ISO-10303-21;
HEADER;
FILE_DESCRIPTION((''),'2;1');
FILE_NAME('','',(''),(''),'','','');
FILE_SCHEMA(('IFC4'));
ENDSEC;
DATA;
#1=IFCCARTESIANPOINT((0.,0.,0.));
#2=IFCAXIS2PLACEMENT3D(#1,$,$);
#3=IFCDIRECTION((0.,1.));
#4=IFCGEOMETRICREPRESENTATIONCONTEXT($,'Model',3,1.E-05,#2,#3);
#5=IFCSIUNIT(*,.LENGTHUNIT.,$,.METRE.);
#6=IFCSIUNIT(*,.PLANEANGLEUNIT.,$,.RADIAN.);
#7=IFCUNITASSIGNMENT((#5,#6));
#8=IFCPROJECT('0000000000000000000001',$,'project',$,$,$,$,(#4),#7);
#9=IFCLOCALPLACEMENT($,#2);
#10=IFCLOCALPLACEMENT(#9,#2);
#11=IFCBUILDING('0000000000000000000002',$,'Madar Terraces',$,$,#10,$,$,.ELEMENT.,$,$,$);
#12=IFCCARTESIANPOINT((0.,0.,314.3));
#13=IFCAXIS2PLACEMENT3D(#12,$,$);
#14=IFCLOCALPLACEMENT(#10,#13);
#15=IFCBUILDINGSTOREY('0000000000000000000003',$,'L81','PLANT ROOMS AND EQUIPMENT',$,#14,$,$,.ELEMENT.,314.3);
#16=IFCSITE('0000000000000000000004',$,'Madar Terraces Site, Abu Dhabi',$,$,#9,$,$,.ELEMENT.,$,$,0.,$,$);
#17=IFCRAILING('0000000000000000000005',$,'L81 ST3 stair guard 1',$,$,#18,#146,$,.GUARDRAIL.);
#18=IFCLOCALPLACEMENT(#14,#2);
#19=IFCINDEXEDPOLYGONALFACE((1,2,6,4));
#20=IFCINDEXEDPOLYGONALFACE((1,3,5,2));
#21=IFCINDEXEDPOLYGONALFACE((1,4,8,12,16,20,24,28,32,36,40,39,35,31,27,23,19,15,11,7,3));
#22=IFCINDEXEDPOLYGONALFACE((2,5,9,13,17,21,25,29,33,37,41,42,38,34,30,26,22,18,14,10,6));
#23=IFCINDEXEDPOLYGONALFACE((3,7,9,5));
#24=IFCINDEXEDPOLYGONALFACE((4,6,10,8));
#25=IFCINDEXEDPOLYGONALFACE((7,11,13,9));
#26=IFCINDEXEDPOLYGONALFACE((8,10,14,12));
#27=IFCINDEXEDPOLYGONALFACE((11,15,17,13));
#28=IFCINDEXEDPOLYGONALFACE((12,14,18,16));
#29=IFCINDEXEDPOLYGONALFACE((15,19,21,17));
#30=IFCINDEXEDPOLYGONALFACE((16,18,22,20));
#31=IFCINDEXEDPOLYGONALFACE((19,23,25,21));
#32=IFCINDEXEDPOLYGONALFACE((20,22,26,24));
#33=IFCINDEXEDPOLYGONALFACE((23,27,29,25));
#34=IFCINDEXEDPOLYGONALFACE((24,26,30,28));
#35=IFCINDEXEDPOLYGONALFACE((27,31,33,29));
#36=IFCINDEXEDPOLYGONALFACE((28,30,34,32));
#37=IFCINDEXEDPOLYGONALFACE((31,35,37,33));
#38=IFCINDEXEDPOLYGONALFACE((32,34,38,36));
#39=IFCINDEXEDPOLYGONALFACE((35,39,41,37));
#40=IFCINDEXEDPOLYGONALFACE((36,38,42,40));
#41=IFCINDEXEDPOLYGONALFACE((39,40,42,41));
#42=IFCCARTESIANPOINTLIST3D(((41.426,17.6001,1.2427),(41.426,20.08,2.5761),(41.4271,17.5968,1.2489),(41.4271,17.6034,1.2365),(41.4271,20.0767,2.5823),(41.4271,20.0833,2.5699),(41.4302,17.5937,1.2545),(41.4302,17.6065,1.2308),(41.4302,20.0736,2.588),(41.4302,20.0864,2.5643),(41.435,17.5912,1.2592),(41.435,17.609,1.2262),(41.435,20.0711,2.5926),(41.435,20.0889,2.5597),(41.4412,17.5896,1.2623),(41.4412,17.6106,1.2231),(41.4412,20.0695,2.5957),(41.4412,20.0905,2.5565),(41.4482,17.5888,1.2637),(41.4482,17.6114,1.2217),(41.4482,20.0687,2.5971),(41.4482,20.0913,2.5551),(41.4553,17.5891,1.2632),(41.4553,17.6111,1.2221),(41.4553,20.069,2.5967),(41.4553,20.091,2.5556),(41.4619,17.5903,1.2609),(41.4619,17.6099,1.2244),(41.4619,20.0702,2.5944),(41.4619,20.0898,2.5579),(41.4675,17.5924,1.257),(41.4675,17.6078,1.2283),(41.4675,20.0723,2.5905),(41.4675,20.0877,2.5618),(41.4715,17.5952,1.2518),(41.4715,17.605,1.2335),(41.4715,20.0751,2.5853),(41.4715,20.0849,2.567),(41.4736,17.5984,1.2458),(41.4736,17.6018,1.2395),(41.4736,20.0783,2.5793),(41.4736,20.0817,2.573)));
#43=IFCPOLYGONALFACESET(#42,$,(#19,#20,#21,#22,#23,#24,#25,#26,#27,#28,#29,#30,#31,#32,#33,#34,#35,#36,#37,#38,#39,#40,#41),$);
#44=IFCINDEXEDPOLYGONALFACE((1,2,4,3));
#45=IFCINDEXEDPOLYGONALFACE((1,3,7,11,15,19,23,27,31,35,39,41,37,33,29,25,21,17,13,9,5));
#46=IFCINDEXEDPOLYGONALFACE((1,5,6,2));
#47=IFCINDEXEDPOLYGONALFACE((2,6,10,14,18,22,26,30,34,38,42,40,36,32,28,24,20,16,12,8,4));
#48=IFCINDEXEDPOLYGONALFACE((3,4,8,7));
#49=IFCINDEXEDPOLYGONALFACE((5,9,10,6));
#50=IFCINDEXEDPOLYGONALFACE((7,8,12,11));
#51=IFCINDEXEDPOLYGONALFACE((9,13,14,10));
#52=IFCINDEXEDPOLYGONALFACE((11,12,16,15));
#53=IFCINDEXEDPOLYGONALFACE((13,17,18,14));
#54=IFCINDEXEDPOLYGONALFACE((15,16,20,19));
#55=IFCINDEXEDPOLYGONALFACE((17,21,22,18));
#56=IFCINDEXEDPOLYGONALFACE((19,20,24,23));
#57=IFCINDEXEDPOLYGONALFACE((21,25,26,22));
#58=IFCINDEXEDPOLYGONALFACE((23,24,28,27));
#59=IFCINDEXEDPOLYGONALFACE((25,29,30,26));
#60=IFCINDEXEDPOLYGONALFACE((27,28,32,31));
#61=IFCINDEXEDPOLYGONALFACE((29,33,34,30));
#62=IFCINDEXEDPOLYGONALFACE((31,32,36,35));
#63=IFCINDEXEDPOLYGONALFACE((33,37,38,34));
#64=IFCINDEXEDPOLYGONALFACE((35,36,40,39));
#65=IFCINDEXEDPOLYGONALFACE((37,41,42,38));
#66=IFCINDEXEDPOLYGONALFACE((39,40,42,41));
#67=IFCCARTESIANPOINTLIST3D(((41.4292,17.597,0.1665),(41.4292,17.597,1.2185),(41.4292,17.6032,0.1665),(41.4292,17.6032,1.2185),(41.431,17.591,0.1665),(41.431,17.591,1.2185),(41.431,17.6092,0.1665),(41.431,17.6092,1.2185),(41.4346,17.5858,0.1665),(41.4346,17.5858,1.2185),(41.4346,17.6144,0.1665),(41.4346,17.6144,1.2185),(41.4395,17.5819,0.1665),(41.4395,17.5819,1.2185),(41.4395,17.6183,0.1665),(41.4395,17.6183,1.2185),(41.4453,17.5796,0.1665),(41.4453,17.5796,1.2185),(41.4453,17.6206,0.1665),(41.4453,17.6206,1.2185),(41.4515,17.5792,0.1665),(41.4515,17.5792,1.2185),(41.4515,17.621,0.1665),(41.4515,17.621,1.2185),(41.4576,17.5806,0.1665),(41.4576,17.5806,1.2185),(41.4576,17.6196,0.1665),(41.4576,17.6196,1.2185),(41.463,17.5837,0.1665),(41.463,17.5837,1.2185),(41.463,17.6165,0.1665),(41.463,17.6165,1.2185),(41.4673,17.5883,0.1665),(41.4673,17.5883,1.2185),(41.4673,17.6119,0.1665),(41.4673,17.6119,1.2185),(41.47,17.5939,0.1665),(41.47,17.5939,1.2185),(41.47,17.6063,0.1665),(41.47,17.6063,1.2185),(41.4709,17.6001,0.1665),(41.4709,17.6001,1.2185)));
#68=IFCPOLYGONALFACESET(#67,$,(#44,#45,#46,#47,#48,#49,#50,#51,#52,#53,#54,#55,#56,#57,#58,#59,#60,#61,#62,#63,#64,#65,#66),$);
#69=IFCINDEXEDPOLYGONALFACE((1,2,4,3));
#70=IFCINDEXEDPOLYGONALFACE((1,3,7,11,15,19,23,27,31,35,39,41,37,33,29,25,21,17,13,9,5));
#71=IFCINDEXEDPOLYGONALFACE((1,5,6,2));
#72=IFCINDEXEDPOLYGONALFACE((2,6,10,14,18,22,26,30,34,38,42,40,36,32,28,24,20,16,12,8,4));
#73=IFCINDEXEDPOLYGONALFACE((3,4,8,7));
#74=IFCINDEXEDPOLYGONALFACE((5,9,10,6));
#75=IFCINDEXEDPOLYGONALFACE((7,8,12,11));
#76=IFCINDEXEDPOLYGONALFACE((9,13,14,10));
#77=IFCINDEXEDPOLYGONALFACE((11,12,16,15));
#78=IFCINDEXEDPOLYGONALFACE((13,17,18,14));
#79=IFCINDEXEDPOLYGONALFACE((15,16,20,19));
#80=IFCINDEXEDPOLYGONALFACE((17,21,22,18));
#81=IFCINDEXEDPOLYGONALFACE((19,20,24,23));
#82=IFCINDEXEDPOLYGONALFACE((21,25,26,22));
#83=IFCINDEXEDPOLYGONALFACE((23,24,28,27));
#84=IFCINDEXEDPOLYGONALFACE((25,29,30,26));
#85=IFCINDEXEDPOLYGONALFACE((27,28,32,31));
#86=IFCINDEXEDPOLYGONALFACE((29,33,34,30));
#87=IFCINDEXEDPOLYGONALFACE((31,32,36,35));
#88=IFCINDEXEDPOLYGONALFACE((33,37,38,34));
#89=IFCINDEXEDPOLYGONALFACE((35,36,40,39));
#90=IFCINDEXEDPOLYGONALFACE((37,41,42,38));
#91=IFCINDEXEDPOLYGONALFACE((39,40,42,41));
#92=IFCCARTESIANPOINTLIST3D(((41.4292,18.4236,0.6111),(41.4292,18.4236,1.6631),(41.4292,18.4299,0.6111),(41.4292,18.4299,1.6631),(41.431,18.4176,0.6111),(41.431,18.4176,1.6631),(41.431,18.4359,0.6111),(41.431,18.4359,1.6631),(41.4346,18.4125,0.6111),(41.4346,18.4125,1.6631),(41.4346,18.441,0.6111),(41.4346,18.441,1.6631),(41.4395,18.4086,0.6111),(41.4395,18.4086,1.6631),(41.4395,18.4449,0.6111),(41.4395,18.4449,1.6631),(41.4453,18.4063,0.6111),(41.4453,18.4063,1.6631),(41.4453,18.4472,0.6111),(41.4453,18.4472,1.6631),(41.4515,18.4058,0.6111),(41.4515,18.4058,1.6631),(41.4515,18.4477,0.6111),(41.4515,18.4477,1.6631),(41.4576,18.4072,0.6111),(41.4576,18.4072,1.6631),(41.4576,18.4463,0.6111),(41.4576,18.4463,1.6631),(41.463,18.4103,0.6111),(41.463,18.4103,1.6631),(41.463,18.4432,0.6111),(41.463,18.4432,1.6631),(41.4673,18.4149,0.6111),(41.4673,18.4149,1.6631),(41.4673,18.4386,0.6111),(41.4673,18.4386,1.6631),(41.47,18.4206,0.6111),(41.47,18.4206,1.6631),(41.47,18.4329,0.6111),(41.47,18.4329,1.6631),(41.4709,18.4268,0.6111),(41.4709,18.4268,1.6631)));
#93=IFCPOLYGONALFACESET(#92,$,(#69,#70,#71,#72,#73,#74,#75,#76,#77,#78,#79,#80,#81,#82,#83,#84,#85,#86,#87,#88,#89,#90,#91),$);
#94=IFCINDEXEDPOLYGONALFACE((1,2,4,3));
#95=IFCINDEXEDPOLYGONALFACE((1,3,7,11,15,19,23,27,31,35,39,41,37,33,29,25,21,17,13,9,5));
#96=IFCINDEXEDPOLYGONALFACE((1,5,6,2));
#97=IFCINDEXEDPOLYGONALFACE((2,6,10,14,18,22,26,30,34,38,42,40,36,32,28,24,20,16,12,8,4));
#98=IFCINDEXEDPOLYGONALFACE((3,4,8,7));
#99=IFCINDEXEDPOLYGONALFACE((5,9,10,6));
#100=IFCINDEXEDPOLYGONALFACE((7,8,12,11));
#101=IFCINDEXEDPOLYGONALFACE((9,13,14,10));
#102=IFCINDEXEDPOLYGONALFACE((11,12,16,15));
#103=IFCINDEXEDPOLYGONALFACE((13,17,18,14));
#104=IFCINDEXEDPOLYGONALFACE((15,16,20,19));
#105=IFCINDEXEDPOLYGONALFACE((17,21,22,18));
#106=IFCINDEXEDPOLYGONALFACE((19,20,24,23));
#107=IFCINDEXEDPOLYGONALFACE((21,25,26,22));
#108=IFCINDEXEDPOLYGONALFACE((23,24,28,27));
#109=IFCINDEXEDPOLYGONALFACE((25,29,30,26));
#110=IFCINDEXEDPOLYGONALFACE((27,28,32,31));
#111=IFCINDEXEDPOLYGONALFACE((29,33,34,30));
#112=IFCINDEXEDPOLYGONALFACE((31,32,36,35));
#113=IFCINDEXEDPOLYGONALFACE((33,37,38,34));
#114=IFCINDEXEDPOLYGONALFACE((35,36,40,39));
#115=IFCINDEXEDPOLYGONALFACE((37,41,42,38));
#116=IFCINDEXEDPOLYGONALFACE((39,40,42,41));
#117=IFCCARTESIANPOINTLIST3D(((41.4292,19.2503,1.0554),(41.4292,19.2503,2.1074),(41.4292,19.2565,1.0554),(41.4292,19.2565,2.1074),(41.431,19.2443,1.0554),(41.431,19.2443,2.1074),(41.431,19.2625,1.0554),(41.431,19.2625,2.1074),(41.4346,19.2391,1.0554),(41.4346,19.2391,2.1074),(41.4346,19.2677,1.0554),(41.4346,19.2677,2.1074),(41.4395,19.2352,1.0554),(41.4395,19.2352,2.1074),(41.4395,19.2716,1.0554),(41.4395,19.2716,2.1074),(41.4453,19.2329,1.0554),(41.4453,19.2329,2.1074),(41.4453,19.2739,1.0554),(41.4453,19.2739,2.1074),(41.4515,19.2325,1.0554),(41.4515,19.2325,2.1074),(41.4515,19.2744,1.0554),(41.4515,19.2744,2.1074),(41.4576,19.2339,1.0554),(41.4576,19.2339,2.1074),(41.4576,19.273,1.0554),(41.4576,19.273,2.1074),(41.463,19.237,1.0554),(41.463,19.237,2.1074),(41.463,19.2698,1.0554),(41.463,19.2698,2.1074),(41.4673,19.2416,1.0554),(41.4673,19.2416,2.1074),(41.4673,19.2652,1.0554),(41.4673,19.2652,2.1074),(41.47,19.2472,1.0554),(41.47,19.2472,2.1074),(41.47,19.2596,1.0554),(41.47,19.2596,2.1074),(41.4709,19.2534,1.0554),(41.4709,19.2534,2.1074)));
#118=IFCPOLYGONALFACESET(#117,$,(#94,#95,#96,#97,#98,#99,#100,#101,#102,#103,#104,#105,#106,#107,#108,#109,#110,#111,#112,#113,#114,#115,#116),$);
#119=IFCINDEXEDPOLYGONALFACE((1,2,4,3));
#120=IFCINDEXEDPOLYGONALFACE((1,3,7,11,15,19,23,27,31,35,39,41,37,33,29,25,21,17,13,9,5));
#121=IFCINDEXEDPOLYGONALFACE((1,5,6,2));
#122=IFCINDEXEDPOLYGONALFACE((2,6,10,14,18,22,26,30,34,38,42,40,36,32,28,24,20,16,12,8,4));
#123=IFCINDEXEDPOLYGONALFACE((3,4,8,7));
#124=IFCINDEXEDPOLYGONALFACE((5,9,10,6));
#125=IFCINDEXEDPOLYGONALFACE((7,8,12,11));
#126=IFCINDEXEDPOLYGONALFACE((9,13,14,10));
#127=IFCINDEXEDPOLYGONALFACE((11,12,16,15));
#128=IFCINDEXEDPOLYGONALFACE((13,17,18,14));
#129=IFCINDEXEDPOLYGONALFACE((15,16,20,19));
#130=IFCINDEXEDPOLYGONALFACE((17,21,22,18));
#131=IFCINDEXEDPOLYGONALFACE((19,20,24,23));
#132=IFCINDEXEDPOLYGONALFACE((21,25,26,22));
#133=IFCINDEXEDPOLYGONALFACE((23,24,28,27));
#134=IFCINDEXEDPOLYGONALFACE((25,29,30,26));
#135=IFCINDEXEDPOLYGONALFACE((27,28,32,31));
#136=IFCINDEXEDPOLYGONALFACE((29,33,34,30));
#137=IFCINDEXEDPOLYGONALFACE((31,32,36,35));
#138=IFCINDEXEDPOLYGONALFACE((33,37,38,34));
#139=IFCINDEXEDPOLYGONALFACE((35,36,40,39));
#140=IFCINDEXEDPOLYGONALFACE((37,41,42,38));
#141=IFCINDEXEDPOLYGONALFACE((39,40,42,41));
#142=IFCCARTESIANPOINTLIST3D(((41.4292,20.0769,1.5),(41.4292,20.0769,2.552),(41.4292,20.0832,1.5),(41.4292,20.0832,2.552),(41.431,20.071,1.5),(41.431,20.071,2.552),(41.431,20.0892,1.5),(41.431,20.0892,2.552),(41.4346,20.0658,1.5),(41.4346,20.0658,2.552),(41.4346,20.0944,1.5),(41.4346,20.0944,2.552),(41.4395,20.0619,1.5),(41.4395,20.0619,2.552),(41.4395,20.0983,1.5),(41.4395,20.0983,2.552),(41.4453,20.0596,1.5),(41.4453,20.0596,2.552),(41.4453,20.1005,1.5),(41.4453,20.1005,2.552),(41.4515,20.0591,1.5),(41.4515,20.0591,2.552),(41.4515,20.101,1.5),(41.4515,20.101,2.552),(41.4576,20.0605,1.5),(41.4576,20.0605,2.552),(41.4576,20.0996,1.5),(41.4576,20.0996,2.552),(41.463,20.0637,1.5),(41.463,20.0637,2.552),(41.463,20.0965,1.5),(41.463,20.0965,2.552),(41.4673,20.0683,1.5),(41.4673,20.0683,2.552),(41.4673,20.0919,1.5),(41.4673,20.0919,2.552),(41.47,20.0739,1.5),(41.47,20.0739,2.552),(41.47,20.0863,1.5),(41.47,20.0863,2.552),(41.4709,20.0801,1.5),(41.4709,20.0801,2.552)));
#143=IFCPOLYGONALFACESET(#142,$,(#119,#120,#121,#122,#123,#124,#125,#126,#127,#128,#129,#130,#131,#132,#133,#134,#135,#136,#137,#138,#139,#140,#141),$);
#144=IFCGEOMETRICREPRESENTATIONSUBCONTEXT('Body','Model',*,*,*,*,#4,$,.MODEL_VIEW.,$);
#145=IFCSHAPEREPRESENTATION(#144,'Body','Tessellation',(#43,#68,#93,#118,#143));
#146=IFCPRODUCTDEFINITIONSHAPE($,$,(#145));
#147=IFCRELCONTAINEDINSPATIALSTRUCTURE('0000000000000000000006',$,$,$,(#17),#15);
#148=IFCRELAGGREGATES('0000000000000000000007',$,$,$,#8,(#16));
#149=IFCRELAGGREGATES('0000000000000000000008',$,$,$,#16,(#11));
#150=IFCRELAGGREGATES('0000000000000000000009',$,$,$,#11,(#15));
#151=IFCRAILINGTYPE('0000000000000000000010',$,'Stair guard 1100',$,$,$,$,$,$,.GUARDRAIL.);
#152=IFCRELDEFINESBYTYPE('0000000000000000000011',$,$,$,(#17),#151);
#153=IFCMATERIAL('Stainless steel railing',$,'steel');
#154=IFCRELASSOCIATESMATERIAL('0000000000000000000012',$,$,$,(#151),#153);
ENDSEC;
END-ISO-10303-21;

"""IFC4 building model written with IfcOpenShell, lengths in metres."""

from ifc_helpers import new_model, si_unit, direction, frame, origin, origin_2d, place, context, subcontext, project, spatial, circle, extrude, material, type_object, element, save


model = new_model("IFC4")

# Units and contexts
model_context = context("Model", 3, precision=1e-05, world=origin(), true_north=direction((0.0, 1.0)))
body_context = subcontext(model_context, "Body", "Model", "MODEL_VIEW")
ifc_project = project(units=[si_unit("LENGTHUNIT", "METRE"), si_unit("PLANEANGLEUNIT", "RADIAN")], contexts=[model_context])

# Site, building, storey
site_placement = place(None, origin())
site = spatial("IfcSite", under=ifc_project, at=site_placement, Name="Madar Terraces Site, Abu Dhabi", CompositionType="ELEMENT", RefElevation=0.0)
building_placement = place(site_placement, origin())
building = spatial("IfcBuilding", under=site, at=building_placement, Name="Madar Terraces", CompositionType="ELEMENT")
storey_placement = place(building_placement, frame((0.0, 0.0, 314.3)))
storey = spatial("IfcBuildingStorey", under=building, at=storey_placement, Name="L81", Description="PLANT ROOMS AND EQUIPMENT", CompositionType="ELEMENT", Elevation=314.3)

# Railing
ifc_material_1 = material(Name="Stainless steel railing", Category="steel")
railing_type_1 = type_object("IfcRailingType", Name="Stair guard 1100", PredefinedType="GUARDRAIL", material=ifc_material_1)
railing_1_placement = place(storey_placement, frame((41.45, 17.6001, 0.1665)))
element("IfcRailing", 1, at=railing_1_placement, inside=storey, type_object=railing_type_1, Name="L81 ST3 stair guard 1", PredefinedType="GUARDRAIL", context=body_context, shape_type="SweptSolid", body=[
    extrude(circle(Radius=0.0239, at=origin_2d()), frame((0.0, 0.0, 1.0762), z_axis=(0.0, 0.880749, 0.473583), x_axis=(-1.0, 0.0, 0.0)), (0.0, 0.0, 1.0), 2.8157),
    extrude(circle(Radius=0.021, at=origin_2d()), origin(), (0.0, 0.0, 1.0), 1.052),
    extrude(circle(Radius=0.021, at=origin_2d()), frame((0.0, 0.8267, 0.4446)), (0.0, 0.0, 1.0), 1.052),
    extrude(circle(Radius=0.021, at=origin_2d()), frame((0.0, 1.6533, 0.8889)), (0.0, 0.0, 1.0), 1.052),
    extrude(circle(Radius=0.021, at=origin_2d()), frame((0.0, 2.48, 1.3335)), (0.0, 0.0, 1.0), 1.052),
])

save(model, "model.ifc")
